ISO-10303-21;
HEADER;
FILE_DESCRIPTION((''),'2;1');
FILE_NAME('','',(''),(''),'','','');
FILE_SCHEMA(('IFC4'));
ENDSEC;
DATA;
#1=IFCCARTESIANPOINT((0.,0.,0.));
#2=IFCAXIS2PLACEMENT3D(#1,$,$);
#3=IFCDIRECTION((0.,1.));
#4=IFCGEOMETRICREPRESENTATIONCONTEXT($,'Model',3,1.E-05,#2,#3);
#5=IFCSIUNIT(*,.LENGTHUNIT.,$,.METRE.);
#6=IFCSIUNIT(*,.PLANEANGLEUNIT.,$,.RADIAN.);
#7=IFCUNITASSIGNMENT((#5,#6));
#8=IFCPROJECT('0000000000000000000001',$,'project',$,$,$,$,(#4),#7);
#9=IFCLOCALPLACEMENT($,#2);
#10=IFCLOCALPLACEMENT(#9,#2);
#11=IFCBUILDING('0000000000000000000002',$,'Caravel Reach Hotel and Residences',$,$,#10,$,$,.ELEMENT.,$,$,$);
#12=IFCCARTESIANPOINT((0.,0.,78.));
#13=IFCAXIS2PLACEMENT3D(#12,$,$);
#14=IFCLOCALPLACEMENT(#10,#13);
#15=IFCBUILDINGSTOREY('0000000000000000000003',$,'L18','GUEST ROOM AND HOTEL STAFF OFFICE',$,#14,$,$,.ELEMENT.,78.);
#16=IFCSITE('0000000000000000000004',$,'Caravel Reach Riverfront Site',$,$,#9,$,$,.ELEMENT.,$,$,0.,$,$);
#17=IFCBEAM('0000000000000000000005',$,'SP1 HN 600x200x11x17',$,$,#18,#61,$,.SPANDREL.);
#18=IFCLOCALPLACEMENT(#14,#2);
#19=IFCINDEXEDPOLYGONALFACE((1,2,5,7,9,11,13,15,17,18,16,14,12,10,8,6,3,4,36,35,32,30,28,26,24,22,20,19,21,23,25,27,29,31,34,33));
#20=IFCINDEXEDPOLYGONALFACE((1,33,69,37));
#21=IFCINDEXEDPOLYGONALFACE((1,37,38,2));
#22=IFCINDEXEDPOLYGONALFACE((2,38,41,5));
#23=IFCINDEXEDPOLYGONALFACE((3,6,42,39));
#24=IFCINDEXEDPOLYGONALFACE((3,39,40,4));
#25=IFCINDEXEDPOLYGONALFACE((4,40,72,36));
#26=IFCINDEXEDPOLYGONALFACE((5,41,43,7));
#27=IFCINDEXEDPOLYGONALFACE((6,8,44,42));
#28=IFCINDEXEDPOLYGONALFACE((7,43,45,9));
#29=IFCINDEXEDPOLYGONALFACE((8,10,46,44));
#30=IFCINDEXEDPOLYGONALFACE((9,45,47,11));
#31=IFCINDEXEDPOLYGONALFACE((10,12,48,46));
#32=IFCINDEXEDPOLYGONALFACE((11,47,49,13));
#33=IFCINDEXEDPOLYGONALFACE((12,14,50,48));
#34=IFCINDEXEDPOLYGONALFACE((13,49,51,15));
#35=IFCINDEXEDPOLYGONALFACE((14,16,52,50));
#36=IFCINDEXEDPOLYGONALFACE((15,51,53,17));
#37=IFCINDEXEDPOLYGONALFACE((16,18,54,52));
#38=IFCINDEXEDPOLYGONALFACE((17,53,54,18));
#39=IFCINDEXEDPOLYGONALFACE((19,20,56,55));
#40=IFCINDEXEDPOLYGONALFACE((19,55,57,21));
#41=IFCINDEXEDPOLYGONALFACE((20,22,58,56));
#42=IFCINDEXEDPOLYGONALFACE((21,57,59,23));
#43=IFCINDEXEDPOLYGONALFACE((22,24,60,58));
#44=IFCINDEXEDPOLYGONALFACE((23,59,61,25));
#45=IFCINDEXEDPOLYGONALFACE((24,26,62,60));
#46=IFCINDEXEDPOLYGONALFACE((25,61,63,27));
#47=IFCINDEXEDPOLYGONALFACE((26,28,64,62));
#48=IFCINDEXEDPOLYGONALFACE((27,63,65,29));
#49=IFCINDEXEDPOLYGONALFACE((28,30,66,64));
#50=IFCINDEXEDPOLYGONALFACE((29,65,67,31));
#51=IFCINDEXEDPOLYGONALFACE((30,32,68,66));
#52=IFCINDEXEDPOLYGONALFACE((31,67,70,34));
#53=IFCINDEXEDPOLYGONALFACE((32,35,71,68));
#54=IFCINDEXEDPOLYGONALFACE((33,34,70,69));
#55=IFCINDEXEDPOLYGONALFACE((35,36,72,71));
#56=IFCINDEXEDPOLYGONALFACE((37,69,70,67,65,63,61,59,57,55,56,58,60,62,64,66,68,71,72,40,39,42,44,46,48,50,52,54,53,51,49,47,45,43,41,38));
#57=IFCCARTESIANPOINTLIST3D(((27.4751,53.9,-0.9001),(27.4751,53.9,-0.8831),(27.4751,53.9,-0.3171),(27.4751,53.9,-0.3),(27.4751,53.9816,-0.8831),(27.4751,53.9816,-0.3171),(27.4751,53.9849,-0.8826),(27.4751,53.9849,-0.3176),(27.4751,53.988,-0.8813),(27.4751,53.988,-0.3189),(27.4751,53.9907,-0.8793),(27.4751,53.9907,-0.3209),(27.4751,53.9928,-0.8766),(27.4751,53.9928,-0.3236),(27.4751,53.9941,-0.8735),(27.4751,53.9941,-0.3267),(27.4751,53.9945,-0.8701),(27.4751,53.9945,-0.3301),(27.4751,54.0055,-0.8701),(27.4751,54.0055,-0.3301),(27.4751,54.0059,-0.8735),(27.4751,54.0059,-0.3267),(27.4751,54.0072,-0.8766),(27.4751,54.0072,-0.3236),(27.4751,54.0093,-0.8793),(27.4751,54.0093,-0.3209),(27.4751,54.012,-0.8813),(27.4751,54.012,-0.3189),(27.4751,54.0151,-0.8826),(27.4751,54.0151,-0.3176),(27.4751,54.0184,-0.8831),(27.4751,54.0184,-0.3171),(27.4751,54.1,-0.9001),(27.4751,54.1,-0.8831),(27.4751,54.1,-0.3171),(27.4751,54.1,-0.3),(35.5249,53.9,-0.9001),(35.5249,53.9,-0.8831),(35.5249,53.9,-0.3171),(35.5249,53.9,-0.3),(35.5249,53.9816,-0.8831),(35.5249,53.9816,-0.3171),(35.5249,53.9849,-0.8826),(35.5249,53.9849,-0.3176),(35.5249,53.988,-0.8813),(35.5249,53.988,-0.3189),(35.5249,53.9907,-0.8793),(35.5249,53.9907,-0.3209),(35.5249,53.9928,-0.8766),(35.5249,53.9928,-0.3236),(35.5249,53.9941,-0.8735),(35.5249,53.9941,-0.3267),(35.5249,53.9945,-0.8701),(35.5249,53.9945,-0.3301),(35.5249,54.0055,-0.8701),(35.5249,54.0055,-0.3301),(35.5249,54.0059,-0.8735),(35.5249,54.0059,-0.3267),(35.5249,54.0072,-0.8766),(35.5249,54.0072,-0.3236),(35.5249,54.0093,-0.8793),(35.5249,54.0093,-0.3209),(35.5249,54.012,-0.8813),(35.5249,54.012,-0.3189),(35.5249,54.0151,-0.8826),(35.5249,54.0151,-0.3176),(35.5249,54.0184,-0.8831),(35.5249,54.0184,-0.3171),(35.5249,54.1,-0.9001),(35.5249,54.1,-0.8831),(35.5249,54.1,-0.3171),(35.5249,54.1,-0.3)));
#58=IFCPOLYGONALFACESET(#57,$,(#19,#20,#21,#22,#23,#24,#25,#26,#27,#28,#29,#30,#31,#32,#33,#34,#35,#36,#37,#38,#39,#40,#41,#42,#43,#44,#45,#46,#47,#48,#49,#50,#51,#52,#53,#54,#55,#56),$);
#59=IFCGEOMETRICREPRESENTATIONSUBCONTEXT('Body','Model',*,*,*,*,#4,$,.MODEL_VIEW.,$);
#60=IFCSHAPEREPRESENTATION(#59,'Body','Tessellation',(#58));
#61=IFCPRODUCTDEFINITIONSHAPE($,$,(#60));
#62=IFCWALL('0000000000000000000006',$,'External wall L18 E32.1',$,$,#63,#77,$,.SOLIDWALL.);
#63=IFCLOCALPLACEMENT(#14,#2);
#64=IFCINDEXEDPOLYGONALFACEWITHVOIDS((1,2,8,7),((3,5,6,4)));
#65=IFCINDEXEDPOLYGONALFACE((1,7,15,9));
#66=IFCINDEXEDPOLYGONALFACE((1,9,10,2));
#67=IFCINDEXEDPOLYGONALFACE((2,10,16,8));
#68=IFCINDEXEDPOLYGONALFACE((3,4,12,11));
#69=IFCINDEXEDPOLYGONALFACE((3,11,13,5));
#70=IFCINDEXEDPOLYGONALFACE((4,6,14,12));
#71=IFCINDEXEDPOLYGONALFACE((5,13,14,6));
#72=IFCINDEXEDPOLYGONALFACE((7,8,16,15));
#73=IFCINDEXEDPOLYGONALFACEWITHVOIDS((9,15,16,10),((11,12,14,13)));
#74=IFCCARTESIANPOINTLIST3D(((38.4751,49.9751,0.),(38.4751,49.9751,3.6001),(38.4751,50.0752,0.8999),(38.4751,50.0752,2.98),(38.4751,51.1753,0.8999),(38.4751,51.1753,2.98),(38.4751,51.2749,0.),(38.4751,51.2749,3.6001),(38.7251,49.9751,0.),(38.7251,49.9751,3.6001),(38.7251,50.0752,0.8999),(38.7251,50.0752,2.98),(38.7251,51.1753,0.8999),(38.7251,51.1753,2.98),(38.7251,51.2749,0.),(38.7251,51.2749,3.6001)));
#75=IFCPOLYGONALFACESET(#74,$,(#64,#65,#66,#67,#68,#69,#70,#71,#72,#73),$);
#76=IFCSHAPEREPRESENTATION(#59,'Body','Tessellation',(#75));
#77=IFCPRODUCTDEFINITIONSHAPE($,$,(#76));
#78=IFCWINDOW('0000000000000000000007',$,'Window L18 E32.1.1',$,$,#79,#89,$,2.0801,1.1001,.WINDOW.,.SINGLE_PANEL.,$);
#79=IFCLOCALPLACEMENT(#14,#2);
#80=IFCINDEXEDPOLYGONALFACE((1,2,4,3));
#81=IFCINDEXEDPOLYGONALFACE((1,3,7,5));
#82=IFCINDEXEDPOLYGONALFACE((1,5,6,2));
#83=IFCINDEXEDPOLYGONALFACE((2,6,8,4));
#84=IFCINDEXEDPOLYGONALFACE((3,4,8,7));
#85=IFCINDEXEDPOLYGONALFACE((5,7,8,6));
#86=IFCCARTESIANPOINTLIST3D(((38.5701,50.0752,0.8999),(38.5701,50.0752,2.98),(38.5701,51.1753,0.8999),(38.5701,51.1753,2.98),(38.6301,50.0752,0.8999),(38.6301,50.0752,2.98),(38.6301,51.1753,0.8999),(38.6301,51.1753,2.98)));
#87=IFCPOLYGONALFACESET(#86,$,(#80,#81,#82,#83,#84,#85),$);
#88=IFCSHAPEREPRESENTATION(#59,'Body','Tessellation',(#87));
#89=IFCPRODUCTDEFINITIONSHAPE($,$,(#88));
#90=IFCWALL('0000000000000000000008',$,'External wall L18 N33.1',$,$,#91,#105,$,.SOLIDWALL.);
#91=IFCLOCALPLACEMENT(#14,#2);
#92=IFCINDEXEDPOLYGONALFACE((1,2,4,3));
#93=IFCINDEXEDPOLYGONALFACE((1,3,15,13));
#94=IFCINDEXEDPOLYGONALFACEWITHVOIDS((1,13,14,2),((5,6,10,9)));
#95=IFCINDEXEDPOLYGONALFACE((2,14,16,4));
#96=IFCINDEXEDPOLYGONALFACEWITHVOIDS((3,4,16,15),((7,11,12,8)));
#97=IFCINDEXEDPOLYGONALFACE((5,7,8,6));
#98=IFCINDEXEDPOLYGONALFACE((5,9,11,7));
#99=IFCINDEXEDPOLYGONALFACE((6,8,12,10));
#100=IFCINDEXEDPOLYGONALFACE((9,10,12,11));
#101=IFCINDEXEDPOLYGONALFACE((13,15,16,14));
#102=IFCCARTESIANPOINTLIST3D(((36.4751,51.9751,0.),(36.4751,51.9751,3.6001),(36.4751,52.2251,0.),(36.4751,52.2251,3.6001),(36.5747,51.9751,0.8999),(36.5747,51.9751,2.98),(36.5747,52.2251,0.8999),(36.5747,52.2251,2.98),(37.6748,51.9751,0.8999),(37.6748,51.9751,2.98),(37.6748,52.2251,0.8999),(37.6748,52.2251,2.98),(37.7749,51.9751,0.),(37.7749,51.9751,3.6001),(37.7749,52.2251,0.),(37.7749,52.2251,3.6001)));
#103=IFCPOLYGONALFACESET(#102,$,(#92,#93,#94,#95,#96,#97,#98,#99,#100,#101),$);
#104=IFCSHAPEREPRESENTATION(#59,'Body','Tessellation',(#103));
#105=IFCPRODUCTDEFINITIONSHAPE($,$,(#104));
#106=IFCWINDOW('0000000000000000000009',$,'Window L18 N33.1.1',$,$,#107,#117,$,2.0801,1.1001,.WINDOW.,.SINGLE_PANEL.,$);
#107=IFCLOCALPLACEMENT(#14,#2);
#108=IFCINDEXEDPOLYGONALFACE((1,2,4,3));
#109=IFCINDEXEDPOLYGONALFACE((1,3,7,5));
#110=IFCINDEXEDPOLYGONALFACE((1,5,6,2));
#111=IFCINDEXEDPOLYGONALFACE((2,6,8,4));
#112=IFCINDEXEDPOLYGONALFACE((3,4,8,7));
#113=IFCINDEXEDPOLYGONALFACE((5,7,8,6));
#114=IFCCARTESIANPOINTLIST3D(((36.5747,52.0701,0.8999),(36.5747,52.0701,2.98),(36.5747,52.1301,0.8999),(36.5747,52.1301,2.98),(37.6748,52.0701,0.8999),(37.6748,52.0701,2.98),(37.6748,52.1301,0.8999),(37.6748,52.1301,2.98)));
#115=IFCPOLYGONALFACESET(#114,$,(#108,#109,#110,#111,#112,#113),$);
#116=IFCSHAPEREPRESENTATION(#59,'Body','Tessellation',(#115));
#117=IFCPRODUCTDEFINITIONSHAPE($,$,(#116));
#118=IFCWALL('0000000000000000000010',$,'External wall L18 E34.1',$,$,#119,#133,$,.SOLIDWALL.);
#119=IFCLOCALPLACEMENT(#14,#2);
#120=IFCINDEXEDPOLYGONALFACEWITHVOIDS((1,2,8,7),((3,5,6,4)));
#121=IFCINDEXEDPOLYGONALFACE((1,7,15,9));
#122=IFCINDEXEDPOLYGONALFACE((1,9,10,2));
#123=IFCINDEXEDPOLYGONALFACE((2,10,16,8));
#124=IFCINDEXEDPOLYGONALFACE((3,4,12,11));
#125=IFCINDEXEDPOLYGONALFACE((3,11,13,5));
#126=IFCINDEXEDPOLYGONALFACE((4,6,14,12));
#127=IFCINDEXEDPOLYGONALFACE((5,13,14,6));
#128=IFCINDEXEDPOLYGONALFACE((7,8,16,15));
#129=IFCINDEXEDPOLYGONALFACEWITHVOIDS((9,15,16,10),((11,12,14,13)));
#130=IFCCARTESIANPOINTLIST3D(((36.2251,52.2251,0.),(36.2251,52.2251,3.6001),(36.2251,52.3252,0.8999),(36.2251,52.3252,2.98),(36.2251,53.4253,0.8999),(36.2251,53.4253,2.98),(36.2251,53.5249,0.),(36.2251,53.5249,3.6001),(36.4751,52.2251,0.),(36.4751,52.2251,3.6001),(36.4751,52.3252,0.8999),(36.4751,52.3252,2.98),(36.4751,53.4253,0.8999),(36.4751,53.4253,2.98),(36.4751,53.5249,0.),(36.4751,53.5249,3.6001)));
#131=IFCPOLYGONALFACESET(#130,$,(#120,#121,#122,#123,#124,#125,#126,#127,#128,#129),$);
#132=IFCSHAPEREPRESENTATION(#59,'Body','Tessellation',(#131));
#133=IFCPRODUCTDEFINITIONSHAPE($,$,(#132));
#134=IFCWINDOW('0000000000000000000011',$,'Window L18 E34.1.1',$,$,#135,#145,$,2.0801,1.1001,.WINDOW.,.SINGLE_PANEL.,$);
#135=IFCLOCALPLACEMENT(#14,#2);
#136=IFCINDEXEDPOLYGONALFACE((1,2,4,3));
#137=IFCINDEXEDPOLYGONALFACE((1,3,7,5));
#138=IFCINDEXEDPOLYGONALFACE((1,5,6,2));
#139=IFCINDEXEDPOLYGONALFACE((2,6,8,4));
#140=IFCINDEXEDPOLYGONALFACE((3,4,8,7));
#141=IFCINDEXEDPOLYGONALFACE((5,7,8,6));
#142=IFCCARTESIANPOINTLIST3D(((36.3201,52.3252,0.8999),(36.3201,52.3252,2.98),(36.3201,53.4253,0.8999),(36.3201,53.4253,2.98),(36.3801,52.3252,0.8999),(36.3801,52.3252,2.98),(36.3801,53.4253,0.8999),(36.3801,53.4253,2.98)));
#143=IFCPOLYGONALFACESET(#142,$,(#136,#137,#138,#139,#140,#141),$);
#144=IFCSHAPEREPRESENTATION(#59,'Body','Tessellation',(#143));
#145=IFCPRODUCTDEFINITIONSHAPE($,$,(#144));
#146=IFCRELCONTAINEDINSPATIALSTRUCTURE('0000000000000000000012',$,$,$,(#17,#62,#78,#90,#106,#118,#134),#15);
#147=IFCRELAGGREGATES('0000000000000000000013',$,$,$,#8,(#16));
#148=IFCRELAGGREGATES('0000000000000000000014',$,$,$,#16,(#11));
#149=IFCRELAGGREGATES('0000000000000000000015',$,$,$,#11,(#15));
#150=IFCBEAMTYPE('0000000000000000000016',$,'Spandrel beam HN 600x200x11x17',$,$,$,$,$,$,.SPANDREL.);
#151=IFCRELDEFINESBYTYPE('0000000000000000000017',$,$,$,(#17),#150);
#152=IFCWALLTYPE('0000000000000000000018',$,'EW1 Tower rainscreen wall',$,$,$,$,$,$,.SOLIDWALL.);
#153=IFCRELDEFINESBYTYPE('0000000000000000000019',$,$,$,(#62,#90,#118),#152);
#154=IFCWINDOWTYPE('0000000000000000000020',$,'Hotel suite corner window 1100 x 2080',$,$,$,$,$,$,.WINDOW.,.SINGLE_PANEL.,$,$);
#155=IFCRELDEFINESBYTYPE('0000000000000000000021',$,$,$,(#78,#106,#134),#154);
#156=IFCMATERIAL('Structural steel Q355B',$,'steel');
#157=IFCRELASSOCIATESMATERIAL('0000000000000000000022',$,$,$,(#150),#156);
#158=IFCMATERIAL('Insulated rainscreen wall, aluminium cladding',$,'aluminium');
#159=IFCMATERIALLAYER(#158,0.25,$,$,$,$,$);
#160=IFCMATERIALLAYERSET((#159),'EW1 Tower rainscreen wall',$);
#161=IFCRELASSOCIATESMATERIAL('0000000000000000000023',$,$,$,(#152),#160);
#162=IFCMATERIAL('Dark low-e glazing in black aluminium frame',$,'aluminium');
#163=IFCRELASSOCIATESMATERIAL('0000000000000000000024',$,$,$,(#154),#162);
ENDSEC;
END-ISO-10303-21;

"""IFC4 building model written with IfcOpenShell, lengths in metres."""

from ifc_helpers import new_model, si_unit, direction, frame, frame_2d, origin, origin_2d, place, context, subcontext, project, spatial, rectangle, i_section, extrude, material, layer, layer_set, material_profile, profile_set, type_object, element, fill, save


model = new_model("IFC4")

# Units and contexts
model_context = context("Model", 3, precision=1e-05, world=origin(), true_north=direction((0.0, 1.0)))
body_context = subcontext(model_context, "Body", "Model", "MODEL_VIEW")
ifc_project = project(units=[si_unit("LENGTHUNIT", "METRE"), si_unit("PLANEANGLEUNIT", "RADIAN")], contexts=[model_context])

# Site, building, storey
site_placement = place(None, origin())
site = spatial("IfcSite", under=ifc_project, at=site_placement, Name="Caravel Reach Riverfront Site", CompositionType="ELEMENT", RefElevation=0.0)
building_placement = place(site_placement, origin())
building = spatial("IfcBuilding", under=site, at=building_placement, Name="Caravel Reach Hotel and Residences", CompositionType="ELEMENT")
storey_placement = place(building_placement, frame((0.0, 0.0, 78.0)))
storey = spatial("IfcBuildingStorey", under=building, at=storey_placement, Name="L18", Description="GUEST ROOM AND HOTEL STAFF OFFICE", CompositionType="ELEMENT", Elevation=78.0)

# Beam
ifc_material_1 = material(Name="Structural steel Q355B", Category="steel")
ifc_material_profile_1 = material_profile(ifc_material_1, i_section(OverallWidth=0.2, OverallDepth=0.6001, WebThickness=0.011, FlangeThickness=0.0171, FilletRadius=0.0129, at=origin_2d()), Name="HN 600x200x11x17")
ifc_profile_set_1 = profile_set([ifc_material_profile_1], Name="Structural steel Q355B")
beam_type = type_object("IfcBeamType", Name="Spandrel beam HN 600x200x11x17", PredefinedType="SPANDREL", material=ifc_profile_set_1)
beam_placement = place(storey_placement, frame((35.5249, 54.0, -0.6001), z_axis=(-1.0, 0.0, 0.0), x_axis=(0.0, -1.0, 0.0)))
element("IfcBeam", 1, at=beam_placement, inside=storey, type_object=beam_type, Name="SP1 HN 600x200x11x17", PredefinedType="SPANDREL", context=body_context, shape_type="SweptSolid", body=[
    extrude(i_section(OverallWidth=0.2, OverallDepth=0.6001, WebThickness=0.011, FlangeThickness=0.0171, FilletRadius=0.0129, at=origin_2d()), origin(), (0.0, 0.0, 1.0), 8.0498),
])

# Walls, openings, windows
ifc_material_2 = material(Name="Insulated rainscreen wall, aluminium cladding", Category="aluminium")
ifc_layer = layer(ifc_material_2, 0.25)
ifc_layer_set = layer_set([ifc_layer], Name="EW1 Tower rainscreen wall")
wall_type = type_object("IfcWallType", Name="EW1 Tower rainscreen wall", PredefinedType="SOLIDWALL", material=ifc_layer_set)
wall_1_placement = place(storey_placement, frame((38.6001, 49.9751, 0.0), z_axis=(0.0, 0.0, 1.0), x_axis=(0.0, 1.0, 0.0)))
wall_1 = element("IfcWall", 2, at=wall_1_placement, inside=storey, type_object=wall_type, Name="External wall L18 E32.1", PredefinedType="SOLIDWALL", context=body_context, shape_type="SweptSolid", body=[
    extrude(rectangle(XDim=1.2998, YDim=0.25, at=frame_2d((0.6499, 0.0))), origin(), (0.0, 0.0, 1.0), 3.6001),
])
opening_1_placement = place(wall_1_placement, frame((0.1001, 0.0, 0.8999)))
opening_1 = element("IfcOpeningElement", 3, at=opening_1_placement, cuts=wall_1, PredefinedType="OPENING", context=body_context, shape_type="SweptSolid", body=[
    extrude(rectangle(XDim=1.1001, YDim=2.0801, at=frame_2d((0.55, 1.04))), frame((0.0, 0.135, 0.0), z_axis=(0.0, -1.0, 0.0), x_axis=(1.0, 0.0, 0.0)), (0.0, 0.0, 1.0), 0.27),
])
ifc_material_3 = material(Name="Dark low-e glazing in black aluminium frame", Category="aluminium")
window_type_1 = type_object("IfcWindowType", Name="Hotel suite corner window 1100 x 2080", PartitioningType="SINGLE_PANEL", PredefinedType="WINDOW", material=ifc_material_3)
window_1_placement = place(opening_1_placement, origin())
window_1 = element("IfcWindow", 4, at=window_1_placement, inside=storey, type_object=window_type_1, Name="Window L18 E32.1.1", OverallHeight=2.0801, OverallWidth=1.1001, PartitioningType="SINGLE_PANEL", PredefinedType="WINDOW", context=body_context, shape_type="SweptSolid", body=[
    extrude(rectangle(XDim=1.1001, YDim=2.0801, at=frame_2d((0.55, 1.04))), frame((0.0, 0.03, 0.0), z_axis=(0.0, -1.0, 0.0), x_axis=(1.0, 0.0, 0.0)), (0.0, 0.0, 1.0), 0.0601),
])
fill(opening_1, window_1)
wall_2_placement = place(storey_placement, frame((37.7749, 52.1001, 0.0), z_axis=(0.0, 0.0, 1.0), x_axis=(-1.0, 0.0, 0.0)))
wall_2 = element("IfcWall", 5, at=wall_2_placement, inside=storey, type_object=wall_type, Name="External wall L18 N33.1", PredefinedType="SOLIDWALL", context=body_context, shape_type="SweptSolid", body=[
    extrude(rectangle(XDim=1.2998, YDim=0.25, at=frame_2d((0.6499, 0.0))), origin(), (0.0, 0.0, 1.0), 3.6001),
])
opening_2_placement = place(wall_2_placement, frame((0.1001, 0.0, 0.8999)))
opening_2 = element("IfcOpeningElement", 6, at=opening_2_placement, cuts=wall_2, PredefinedType="OPENING", context=body_context, shape_type="SweptSolid", body=[
    extrude(rectangle(XDim=1.1001, YDim=2.0801, at=frame_2d((0.55, 1.04))), frame((0.0, 0.135, 0.0), z_axis=(0.0, -1.0, 0.0), x_axis=(1.0, 0.0, 0.0)), (0.0, 0.0, 1.0), 0.27),
])
window_2_placement = place(opening_2_placement, origin())
window_2 = element("IfcWindow", 7, at=window_2_placement, inside=storey, type_object=window_type_1, Name="Window L18 N33.1.1", OverallHeight=2.0801, OverallWidth=1.1001, PartitioningType="SINGLE_PANEL", PredefinedType="WINDOW", context=body_context, shape_type="SweptSolid", body=[
    extrude(rectangle(XDim=1.1001, YDim=2.0801, at=frame_2d((0.55, 1.04))), frame((0.0, 0.03, 0.0), z_axis=(0.0, -1.0, 0.0), x_axis=(1.0, 0.0, 0.0)), (0.0, 0.0, 1.0), 0.0601),
])
fill(opening_2, window_2)
wall_3_placement = place(storey_placement, frame((36.3501, 52.2251, 0.0), z_axis=(0.0, 0.0, 1.0), x_axis=(0.0, 1.0, 0.0)))
wall_3 = element("IfcWall", 8, at=wall_3_placement, inside=storey, type_object=wall_type, Name="External wall L18 E34.1", PredefinedType="SOLIDWALL", context=body_context, shape_type="SweptSolid", body=[
    extrude(rectangle(XDim=1.2998, YDim=0.25, at=frame_2d((0.6499, 0.0))), origin(), (0.0, 0.0, 1.0), 3.6001),
])
opening_3_placement = place(wall_3_placement, frame((0.1001, 0.0, 0.8999)))
opening_3 = element("IfcOpeningElement", 9, at=opening_3_placement, cuts=wall_3, PredefinedType="OPENING", context=body_context, shape_type="SweptSolid", body=[
    extrude(rectangle(XDim=1.1001, YDim=2.0801, at=frame_2d((0.55, 1.04))), frame((0.0, 0.135, 0.0), z_axis=(0.0, -1.0, 0.0), x_axis=(1.0, 0.0, 0.0)), (0.0, 0.0, 1.0), 0.27),
])
window_3_placement = place(opening_3_placement, origin())
window_3 = element("IfcWindow", 10, at=window_3_placement, inside=storey, type_object=window_type_1, Name="Window L18 E34.1.1", OverallHeight=2.0801, OverallWidth=1.1001, PartitioningType="SINGLE_PANEL", PredefinedType="WINDOW", context=body_context, shape_type="SweptSolid", body=[
    extrude(rectangle(XDim=1.1001, YDim=2.0801, at=frame_2d((0.55, 1.04))), frame((0.0, 0.03, 0.0), z_axis=(0.0, -1.0, 0.0), x_axis=(1.0, 0.0, 0.0)), (0.0, 0.0, 1.0), 0.0601),
])
fill(opening_3, window_3)

save(model, "model.ifc")
